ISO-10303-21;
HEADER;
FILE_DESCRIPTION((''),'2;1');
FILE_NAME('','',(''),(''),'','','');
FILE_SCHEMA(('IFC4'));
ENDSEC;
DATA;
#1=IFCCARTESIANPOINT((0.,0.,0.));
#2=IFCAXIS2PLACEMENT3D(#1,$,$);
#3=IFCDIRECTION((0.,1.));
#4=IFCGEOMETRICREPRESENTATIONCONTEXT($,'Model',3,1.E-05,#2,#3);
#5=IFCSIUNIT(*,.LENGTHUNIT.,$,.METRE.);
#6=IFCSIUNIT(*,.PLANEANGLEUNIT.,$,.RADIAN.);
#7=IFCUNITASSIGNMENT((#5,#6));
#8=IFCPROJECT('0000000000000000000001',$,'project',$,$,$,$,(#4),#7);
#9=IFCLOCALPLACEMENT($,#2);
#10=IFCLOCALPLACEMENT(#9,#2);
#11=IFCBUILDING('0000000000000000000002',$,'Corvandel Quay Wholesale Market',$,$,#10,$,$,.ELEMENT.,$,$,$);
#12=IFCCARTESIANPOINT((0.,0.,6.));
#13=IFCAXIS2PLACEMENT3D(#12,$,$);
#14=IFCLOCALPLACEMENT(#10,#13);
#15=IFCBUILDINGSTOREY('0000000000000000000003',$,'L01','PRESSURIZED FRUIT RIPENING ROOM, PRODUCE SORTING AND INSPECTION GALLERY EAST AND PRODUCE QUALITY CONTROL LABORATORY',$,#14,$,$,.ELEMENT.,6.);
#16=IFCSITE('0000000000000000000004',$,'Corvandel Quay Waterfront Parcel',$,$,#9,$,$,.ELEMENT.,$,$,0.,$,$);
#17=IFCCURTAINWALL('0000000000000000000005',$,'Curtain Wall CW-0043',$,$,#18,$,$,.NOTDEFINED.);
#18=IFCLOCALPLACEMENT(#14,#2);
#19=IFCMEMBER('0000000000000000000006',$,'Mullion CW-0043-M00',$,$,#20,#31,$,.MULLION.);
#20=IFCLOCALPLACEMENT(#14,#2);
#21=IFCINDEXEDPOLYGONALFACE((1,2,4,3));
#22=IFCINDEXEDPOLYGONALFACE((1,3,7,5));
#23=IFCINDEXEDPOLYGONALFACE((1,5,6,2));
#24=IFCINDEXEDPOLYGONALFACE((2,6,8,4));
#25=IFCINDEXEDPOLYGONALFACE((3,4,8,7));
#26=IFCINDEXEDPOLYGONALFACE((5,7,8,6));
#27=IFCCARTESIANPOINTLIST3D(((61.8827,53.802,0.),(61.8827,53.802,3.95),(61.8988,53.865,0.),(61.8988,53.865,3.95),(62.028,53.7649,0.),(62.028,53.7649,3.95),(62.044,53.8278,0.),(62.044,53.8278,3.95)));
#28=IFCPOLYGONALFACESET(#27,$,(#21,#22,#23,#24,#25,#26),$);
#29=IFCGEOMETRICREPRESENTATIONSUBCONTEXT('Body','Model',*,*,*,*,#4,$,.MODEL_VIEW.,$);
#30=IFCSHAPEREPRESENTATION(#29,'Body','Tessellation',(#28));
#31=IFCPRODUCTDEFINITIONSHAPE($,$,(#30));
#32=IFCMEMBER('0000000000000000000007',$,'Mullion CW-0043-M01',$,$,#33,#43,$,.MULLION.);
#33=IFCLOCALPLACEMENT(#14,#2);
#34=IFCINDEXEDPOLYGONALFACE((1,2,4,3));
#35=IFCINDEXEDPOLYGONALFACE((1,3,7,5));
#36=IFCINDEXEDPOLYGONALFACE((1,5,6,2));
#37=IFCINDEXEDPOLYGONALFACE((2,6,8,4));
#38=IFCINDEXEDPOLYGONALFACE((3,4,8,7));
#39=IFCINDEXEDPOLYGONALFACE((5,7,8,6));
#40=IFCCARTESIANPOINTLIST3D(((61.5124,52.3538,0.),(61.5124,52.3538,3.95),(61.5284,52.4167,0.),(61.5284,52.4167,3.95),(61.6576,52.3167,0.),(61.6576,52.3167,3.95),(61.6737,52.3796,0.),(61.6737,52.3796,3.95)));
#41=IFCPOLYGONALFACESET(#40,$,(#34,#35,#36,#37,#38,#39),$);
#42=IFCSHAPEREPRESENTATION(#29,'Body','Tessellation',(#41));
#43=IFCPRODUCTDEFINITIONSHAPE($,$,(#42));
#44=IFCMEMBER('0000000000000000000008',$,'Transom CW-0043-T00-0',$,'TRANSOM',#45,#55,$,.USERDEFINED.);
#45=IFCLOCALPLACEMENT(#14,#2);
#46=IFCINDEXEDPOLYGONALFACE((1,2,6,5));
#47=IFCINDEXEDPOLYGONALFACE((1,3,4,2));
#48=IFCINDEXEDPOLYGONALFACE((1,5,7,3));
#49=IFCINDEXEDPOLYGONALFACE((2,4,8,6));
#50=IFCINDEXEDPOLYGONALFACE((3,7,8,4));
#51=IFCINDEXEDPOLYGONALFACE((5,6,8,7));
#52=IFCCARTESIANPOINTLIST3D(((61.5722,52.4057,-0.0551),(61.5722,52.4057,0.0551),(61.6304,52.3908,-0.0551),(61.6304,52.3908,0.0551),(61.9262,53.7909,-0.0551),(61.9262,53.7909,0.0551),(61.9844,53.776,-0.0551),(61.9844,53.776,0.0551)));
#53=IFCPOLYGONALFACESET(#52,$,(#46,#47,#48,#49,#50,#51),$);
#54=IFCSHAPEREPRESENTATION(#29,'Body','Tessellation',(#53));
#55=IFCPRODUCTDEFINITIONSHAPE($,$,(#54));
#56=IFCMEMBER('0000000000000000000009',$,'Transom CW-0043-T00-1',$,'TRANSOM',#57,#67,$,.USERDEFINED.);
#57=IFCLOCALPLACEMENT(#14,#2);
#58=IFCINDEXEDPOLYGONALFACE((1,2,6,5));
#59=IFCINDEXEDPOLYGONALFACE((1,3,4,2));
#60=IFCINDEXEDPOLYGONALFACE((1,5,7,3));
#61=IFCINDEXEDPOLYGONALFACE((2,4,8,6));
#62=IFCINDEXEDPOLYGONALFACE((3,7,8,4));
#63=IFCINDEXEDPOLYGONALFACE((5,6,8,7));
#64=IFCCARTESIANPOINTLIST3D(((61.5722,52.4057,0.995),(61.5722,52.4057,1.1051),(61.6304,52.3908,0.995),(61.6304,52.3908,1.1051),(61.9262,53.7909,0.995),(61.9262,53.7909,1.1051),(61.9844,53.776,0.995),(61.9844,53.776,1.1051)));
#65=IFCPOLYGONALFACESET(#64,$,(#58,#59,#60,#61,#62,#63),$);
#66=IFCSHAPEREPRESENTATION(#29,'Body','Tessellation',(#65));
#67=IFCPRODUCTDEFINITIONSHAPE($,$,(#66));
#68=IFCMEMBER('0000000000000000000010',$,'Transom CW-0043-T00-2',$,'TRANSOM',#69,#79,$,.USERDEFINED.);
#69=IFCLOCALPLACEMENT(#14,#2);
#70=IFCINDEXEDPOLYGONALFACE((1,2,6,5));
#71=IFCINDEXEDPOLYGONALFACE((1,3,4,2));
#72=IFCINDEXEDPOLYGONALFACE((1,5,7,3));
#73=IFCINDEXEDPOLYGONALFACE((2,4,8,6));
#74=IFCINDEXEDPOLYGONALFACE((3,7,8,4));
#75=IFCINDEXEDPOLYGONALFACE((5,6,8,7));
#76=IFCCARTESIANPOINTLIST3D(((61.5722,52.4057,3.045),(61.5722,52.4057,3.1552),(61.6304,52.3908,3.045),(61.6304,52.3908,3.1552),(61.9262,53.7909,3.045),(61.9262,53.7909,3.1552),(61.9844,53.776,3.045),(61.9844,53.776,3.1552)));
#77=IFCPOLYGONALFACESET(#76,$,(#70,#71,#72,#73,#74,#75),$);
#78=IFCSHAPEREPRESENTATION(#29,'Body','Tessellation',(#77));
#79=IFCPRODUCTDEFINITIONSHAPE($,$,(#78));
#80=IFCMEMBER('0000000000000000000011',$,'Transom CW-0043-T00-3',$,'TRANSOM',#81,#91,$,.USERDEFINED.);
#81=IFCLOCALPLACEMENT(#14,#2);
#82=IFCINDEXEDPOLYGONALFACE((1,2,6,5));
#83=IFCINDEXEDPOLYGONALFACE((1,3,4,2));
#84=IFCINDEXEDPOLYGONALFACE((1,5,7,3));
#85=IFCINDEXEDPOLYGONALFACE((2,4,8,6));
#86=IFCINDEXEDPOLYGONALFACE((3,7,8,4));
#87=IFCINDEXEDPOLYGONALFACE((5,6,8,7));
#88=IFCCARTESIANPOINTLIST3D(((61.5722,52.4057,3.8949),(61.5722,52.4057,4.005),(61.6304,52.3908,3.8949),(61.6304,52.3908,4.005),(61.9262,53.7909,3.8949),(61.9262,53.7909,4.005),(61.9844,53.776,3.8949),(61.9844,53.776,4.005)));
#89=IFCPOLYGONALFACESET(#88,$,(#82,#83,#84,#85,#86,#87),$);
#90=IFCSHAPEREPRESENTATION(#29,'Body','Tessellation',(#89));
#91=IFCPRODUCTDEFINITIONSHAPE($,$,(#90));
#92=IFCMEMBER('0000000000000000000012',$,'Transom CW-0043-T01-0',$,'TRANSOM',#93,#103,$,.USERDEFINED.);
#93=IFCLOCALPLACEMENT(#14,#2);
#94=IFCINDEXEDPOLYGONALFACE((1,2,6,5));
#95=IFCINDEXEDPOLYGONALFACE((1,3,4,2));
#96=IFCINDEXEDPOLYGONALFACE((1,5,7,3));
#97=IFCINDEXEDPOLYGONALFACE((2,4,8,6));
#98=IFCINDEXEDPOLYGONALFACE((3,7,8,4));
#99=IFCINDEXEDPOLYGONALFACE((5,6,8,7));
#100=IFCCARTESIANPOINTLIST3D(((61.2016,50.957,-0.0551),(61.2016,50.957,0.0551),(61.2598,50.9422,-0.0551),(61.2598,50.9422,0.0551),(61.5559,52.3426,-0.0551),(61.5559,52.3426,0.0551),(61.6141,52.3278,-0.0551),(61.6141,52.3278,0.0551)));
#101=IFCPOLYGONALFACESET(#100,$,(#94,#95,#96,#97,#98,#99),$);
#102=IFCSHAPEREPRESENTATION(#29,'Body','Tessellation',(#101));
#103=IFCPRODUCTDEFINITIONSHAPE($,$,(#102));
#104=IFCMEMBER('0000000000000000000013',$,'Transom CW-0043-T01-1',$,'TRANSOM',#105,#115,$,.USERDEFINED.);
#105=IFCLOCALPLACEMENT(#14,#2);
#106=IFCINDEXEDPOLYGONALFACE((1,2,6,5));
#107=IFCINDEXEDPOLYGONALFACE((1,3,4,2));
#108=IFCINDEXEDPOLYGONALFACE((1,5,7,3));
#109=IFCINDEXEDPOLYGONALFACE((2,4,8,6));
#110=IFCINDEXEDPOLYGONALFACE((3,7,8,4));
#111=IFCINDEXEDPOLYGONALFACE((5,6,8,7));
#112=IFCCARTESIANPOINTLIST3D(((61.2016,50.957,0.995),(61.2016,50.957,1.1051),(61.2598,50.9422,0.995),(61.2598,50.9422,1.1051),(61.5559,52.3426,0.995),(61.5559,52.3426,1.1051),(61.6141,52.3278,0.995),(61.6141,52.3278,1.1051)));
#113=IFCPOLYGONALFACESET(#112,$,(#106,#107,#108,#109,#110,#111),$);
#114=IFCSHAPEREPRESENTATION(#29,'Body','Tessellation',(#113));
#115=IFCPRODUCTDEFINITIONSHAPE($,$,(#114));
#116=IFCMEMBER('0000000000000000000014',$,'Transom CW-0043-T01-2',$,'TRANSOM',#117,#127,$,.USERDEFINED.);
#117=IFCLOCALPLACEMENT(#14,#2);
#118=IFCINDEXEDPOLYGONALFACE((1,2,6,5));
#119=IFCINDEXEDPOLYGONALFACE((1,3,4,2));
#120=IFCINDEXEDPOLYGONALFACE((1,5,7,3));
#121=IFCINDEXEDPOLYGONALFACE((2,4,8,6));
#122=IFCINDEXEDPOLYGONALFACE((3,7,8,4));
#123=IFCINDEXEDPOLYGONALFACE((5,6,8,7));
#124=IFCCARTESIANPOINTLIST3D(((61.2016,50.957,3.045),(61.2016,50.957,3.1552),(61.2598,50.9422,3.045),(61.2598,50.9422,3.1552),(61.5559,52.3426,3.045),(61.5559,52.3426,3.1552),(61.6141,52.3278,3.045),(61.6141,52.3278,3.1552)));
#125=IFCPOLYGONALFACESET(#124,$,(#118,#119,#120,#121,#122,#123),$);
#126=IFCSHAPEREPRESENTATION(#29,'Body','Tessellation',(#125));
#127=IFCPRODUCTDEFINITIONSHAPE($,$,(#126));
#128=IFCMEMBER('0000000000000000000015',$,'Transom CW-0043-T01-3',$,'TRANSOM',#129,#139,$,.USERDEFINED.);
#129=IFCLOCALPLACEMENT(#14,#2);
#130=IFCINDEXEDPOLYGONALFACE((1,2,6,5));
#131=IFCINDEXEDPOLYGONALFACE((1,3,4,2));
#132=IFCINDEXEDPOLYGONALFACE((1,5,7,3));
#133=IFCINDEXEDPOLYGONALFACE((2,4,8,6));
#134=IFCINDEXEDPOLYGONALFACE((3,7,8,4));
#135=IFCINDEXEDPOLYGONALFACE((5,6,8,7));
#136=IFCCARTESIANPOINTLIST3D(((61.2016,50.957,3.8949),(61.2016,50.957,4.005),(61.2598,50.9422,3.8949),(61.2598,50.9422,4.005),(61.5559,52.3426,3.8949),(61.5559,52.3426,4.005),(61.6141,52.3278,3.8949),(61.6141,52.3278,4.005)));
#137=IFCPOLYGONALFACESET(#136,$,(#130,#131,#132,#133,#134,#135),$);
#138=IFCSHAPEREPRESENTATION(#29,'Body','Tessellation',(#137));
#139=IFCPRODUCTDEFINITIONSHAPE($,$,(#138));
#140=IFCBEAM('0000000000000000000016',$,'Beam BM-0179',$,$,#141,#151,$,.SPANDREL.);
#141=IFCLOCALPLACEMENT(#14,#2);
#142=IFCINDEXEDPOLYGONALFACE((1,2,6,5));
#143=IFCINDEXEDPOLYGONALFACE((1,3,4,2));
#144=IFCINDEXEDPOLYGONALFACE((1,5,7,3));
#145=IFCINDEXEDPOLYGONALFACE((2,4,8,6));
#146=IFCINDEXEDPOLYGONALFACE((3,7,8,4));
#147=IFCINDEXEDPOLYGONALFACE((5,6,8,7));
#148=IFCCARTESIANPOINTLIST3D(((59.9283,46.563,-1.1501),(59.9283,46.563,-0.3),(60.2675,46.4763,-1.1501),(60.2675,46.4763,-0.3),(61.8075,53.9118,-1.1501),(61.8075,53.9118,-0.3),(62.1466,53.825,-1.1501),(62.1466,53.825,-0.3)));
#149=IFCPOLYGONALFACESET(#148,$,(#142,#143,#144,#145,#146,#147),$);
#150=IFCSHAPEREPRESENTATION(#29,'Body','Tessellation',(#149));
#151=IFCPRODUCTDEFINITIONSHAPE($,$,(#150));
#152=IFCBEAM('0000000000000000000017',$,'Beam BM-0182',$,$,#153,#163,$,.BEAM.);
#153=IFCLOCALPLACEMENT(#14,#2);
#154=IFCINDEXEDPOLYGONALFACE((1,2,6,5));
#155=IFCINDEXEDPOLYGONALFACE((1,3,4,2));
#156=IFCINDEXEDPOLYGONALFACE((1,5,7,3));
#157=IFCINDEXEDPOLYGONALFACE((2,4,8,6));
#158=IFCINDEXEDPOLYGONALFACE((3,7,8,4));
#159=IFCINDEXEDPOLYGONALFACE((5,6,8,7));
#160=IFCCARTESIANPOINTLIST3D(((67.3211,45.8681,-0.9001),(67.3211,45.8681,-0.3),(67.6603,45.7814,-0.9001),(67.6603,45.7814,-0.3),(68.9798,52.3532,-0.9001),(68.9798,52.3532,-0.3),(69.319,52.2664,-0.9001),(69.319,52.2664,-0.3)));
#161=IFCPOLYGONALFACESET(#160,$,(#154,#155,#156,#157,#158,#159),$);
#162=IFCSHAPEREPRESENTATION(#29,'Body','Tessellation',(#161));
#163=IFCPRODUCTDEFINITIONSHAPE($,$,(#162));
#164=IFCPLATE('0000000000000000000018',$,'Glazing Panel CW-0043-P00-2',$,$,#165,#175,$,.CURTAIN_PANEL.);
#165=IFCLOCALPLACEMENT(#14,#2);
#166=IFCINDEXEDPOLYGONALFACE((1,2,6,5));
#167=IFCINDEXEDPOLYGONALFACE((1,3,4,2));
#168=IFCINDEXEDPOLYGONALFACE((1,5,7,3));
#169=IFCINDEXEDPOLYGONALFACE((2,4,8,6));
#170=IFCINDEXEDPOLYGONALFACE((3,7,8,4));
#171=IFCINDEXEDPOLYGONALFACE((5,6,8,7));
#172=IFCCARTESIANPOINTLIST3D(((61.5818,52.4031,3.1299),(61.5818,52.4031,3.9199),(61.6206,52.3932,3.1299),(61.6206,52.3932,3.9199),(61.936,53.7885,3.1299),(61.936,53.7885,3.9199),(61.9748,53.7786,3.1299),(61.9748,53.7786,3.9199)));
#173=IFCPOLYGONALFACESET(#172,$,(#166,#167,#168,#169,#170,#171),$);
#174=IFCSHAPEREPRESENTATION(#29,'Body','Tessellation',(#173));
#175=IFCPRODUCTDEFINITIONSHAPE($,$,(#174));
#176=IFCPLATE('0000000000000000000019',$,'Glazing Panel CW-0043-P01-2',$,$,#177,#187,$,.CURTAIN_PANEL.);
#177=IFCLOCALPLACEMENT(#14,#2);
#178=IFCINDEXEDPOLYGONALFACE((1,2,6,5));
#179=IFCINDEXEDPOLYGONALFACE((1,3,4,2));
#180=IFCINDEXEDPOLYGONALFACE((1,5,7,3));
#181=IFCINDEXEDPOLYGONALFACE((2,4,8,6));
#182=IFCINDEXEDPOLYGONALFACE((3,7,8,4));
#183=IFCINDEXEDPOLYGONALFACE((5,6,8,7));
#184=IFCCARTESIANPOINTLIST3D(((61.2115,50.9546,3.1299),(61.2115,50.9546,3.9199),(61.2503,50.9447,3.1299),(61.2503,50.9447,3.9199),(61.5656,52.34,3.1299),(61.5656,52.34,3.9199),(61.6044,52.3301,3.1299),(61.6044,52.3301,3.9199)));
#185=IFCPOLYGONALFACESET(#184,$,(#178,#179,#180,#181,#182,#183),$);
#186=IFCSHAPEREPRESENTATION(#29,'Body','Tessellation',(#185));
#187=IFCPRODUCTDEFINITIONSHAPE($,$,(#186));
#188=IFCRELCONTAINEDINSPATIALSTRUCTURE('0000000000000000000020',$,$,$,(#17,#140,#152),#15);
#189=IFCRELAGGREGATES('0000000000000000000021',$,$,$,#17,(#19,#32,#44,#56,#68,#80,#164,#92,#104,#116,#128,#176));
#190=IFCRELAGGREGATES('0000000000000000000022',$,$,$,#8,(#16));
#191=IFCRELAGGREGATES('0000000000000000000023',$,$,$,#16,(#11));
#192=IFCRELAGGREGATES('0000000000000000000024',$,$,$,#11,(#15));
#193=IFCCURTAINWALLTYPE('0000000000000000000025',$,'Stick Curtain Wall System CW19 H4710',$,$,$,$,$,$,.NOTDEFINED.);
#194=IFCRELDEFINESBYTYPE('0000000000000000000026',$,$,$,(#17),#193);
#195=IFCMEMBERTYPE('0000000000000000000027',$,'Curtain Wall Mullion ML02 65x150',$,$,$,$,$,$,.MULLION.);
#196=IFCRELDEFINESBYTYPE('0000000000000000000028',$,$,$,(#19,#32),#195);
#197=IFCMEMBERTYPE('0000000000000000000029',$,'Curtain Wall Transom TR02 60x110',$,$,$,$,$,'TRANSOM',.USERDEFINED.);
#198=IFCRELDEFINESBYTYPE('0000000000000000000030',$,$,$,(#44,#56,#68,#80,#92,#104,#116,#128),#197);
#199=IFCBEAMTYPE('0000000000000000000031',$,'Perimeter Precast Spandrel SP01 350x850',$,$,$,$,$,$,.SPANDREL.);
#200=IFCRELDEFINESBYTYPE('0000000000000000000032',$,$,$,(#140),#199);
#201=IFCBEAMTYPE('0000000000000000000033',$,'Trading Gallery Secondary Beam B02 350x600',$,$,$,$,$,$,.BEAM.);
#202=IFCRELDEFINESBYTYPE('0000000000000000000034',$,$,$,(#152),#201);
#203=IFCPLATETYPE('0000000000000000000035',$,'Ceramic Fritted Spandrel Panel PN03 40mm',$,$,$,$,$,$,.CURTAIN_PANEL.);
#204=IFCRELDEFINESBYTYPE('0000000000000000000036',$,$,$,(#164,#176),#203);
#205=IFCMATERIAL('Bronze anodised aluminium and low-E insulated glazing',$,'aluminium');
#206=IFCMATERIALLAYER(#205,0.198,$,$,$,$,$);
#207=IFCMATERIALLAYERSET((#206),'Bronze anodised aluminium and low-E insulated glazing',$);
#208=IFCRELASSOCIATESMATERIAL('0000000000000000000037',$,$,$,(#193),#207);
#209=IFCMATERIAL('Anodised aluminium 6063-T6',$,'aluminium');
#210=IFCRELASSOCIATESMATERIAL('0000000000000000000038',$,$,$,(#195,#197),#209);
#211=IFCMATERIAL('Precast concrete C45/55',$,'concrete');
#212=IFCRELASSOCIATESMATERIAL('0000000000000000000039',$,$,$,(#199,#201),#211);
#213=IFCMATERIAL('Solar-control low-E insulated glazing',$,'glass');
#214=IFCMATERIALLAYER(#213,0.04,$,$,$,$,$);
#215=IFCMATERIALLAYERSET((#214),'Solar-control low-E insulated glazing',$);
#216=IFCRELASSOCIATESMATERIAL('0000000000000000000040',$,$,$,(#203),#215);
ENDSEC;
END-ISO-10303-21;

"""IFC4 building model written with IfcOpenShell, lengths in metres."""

from ifc_helpers import new_model, si_unit, direction, frame, origin, origin_2d, place, context, subcontext, project, spatial, rectangle, extrude, material, layer, layer_set, material_profile, profile_set, type_object, element, aggregate, save


model = new_model("IFC4")

# Units and contexts
model_context = context("Model", 3, precision=1e-05, world=origin(), true_north=direction((0.0, 1.0)))
body_context = subcontext(model_context, "Body", "Model", "MODEL_VIEW")
ifc_project = project(units=[si_unit("LENGTHUNIT", "METRE"), si_unit("PLANEANGLEUNIT", "RADIAN")], contexts=[model_context])

# Site, building, storey
site_placement = place(None, origin())
site = spatial("IfcSite", under=ifc_project, at=site_placement, Name="Corvandel Quay Waterfront Parcel", CompositionType="ELEMENT", RefElevation=0.0)
building_placement = place(site_placement, origin())
building = spatial("IfcBuilding", under=site, at=building_placement, Name="Corvandel Quay Wholesale Market", CompositionType="ELEMENT")
storey_placement = place(building_placement, frame((0.0, 0.0, 6.0)))
storey = spatial("IfcBuildingStorey", under=building, at=storey_placement, Name="L01", Description="PRESSURIZED FRUIT RIPENING ROOM, PRODUCE SORTING AND INSPECTION GALLERY EAST AND PRODUCE QUALITY CONTROL LABORATORY", CompositionType="ELEMENT", Elevation=6.0)

# Curtain wall, members
ifc_material_1 = material(Name="Bronze anodised aluminium and low-E insulated glazing", Category="aluminium")
ifc_layer_1 = layer(ifc_material_1, 0.198)
ifc_layer_set_1 = layer_set([ifc_layer_1], Name="Bronze anodised aluminium and low-E insulated glazing")
curtain_wall_type = type_object("IfcCurtainWallType", Name="Stick Curtain Wall System CW19 H4710", PredefinedType="NOTDEFINED", material=ifc_layer_set_1)
curtain_wall_placement = place(storey_placement, origin())
curtain_wall = element("IfcCurtainWall", 1, at=curtain_wall_placement, inside=storey, type_object=curtain_wall_type, Name="Curtain Wall CW-0043", PredefinedType="NOTDEFINED")
ifc_material_2 = material(Name="Anodised aluminium 6063-T6", Category="aluminium")
ifc_material_profile_1 = material_profile(ifc_material_2, rectangle(XDim=0.0649, YDim=0.1499, at=origin_2d()), Name="ALU-MUL-65x150")
ifc_profile_set_1 = profile_set([ifc_material_profile_1], Name="Anodised aluminium 6063-T6")
member_type_1 = type_object("IfcMemberType", Name="Curtain Wall Mullion ML02 65x150", PredefinedType="MULLION", material=ifc_profile_set_1)
member_1_placement = place(storey_placement, frame((61.9634, 53.8149, 0.0), z_axis=(0.0, 0.0, 1.0), x_axis=(0.247675, 0.968843, 0.0)))
member_1 = element("IfcMember", 2, at=member_1_placement, type_object=member_type_1, Name="Mullion CW-0043-M00", PredefinedType="MULLION", context=body_context, shape_type="SweptSolid", body=[
    extrude(rectangle(XDim=0.0649, YDim=0.1499, at=origin_2d()), origin(), (0.0, 0.0, 1.0), 3.95),
])
member_2_placement = place(storey_placement, frame((61.593, 52.3667, 0.0), z_axis=(0.0, 0.0, 1.0), x_axis=(0.247675, 0.968843, 0.0)))
member_2 = element("IfcMember", 3, at=member_2_placement, type_object=member_type_1, Name="Mullion CW-0043-M01", PredefinedType="MULLION", context=body_context, shape_type="SweptSolid", body=[
    extrude(rectangle(XDim=0.0649, YDim=0.1499, at=origin_2d()), origin(), (0.0, 0.0, 1.0), 3.95),
])
ifc_material_profile_2 = material_profile(ifc_material_2, rectangle(XDim=0.0601, YDim=0.1101, at=origin_2d()), Name="ALU-TRN-60x110")
ifc_profile_set_2 = profile_set([ifc_material_profile_2], Name="Anodised aluminium 6063-T6")
member_type_2 = type_object("IfcMemberType", Name="Curtain Wall Transom TR02 60x110", ElementType="TRANSOM", PredefinedType="USERDEFINED", material=ifc_profile_set_2)
member_3_placement = place(storey_placement, frame((61.9553, 53.7834, 0.0), z_axis=(-0.247595, -0.968864, 0.0), x_axis=(0.968864, -0.247595, 0.0)))
member_3 = element("IfcMember", 4, at=member_3_placement, type_object=member_type_2, Name="Transom CW-0043-T00-0", ObjectType="TRANSOM", PredefinedType="USERDEFINED", context=body_context, shape_type="SweptSolid", body=[
    extrude(rectangle(XDim=0.0601, YDim=0.1101, at=origin_2d()), origin(), (0.0, 0.0, 1.0), 1.4297),
])
member_4_placement = place(storey_placement, frame((61.9553, 53.7834, 1.05), z_axis=(-0.247595, -0.968864, 0.0), x_axis=(0.968864, -0.247595, 0.0)))
member_4 = element("IfcMember", 5, at=member_4_placement, type_object=member_type_2, Name="Transom CW-0043-T00-1", ObjectType="TRANSOM", PredefinedType="USERDEFINED", context=body_context, shape_type="SweptSolid", body=[
    extrude(rectangle(XDim=0.0601, YDim=0.1101, at=origin_2d()), origin(), (0.0, 0.0, 1.0), 1.4297),
])
member_5_placement = place(storey_placement, frame((61.9553, 53.7834, 3.1001), z_axis=(-0.247595, -0.968864, 0.0), x_axis=(0.968864, -0.247595, 0.0)))
member_5 = element("IfcMember", 6, at=member_5_placement, type_object=member_type_2, Name="Transom CW-0043-T00-2", ObjectType="TRANSOM", PredefinedType="USERDEFINED", context=body_context, shape_type="SweptSolid", body=[
    extrude(rectangle(XDim=0.0601, YDim=0.1101, at=origin_2d()), origin(), (0.0, 0.0, 1.0), 1.4297),
])
member_6_placement = place(storey_placement, frame((61.9553, 53.7834, 3.95), z_axis=(-0.247595, -0.968864, 0.0), x_axis=(0.968864, -0.247595, 0.0)))
member_6 = element("IfcMember", 7, at=member_6_placement, type_object=member_type_2, Name="Transom CW-0043-T00-3", ObjectType="TRANSOM", PredefinedType="USERDEFINED", context=body_context, shape_type="SweptSolid", body=[
    extrude(rectangle(XDim=0.0601, YDim=0.1101, at=origin_2d()), origin(), (0.0, 0.0, 1.0), 1.4297),
])
member_7_placement = place(storey_placement, frame((61.585, 52.3352, 0.0), z_axis=(-0.247714, -0.968833, 0.0), x_axis=(0.968833, -0.247714, 0.0)))
member_7 = element("IfcMember", 8, at=member_7_placement, type_object=member_type_2, Name="Transom CW-0043-T01-0", ObjectType="TRANSOM", PredefinedType="USERDEFINED", context=body_context, shape_type="SweptSolid", body=[
    extrude(rectangle(XDim=0.0601, YDim=0.1101, at=origin_2d()), origin(), (0.0, 0.0, 1.0), 1.4302),
])
member_8_placement = place(storey_placement, frame((61.585, 52.3352, 1.05), z_axis=(-0.247714, -0.968833, 0.0), x_axis=(0.968833, -0.247714, 0.0)))
member_8 = element("IfcMember", 9, at=member_8_placement, type_object=member_type_2, Name="Transom CW-0043-T01-1", ObjectType="TRANSOM", PredefinedType="USERDEFINED", context=body_context, shape_type="SweptSolid", body=[
    extrude(rectangle(XDim=0.0601, YDim=0.1101, at=origin_2d()), origin(), (0.0, 0.0, 1.0), 1.4302),
])
member_9_placement = place(storey_placement, frame((61.585, 52.3352, 3.1001), z_axis=(-0.247714, -0.968833, 0.0), x_axis=(0.968833, -0.247714, 0.0)))
member_9 = element("IfcMember", 10, at=member_9_placement, type_object=member_type_2, Name="Transom CW-0043-T01-2", ObjectType="TRANSOM", PredefinedType="USERDEFINED", context=body_context, shape_type="SweptSolid", body=[
    extrude(rectangle(XDim=0.0601, YDim=0.1101, at=origin_2d()), origin(), (0.0, 0.0, 1.0), 1.4302),
])
member_10_placement = place(storey_placement, frame((61.585, 52.3352, 3.95), z_axis=(-0.247714, -0.968833, 0.0), x_axis=(0.968833, -0.247714, 0.0)))
member_10 = element("IfcMember", 11, at=member_10_placement, type_object=member_type_2, Name="Transom CW-0043-T01-3", ObjectType="TRANSOM", PredefinedType="USERDEFINED", context=body_context, shape_type="SweptSolid", body=[
    extrude(rectangle(XDim=0.0601, YDim=0.1101, at=origin_2d()), origin(), (0.0, 0.0, 1.0), 1.4302),
])

# Beams
ifc_material_3 = material(Name="Precast concrete C45/55", Category="concrete")
ifc_material_profile_3 = material_profile(ifc_material_3, rectangle(XDim=0.3501, YDim=0.8501, at=origin_2d()), Name="PC-SPN-350x850")
ifc_profile_set_3 = profile_set([ifc_material_profile_3], Name="Precast concrete C45/55")
beam_type_1 = type_object("IfcBeamType", Name="Perimeter Precast Spandrel SP01 350x850", PredefinedType="SPANDREL", material=ifc_profile_set_3)
beam_1_placement = place(storey_placement, frame((61.9771, 53.8684, -0.7251), z_axis=(-0.247743, -0.968826, 0.0), x_axis=(0.968826, -0.247743, 0.0)))
element("IfcBeam", 12, at=beam_1_placement, inside=storey, type_object=beam_type_1, Name="Beam BM-0179", PredefinedType="SPANDREL", context=body_context, shape_type="SweptSolid", body=[
    extrude(rectangle(XDim=0.3501, YDim=0.8501, at=origin_2d()), origin(), (0.0, 0.0, 1.0), 7.5852),
])
ifc_material_profile_4 = material_profile(ifc_material_3, rectangle(XDim=0.3501, YDim=0.6001, at=origin_2d()), Name="PC-BM-350x600")
ifc_profile_set_4 = profile_set([ifc_material_profile_4], Name="Precast concrete C45/55")
beam_type_2 = type_object("IfcBeamType", Name="Trading Gallery Secondary Beam B02 350x600", PredefinedType="BEAM", material=ifc_profile_set_4)
beam_2_placement = place(storey_placement, frame((69.1494, 52.3098, -0.6001), z_axis=(-0.247793, -0.968813, 0.0), x_axis=(0.968813, -0.247793, 0.0)))
element("IfcBeam", 13, at=beam_2_placement, inside=storey, type_object=beam_type_2, Name="Beam BM-0182", PredefinedType="BEAM", context=body_context, shape_type="SweptSolid", body=[
    extrude(rectangle(XDim=0.3501, YDim=0.6001, at=origin_2d()), origin(), (0.0, 0.0, 1.0), 6.6938),
])

# Plates
ifc_material_4 = material(Name="Solar-control low-E insulated glazing", Category="glass")
ifc_layer_2 = layer(ifc_material_4, 0.04)
ifc_layer_set_2 = layer_set([ifc_layer_2], Name="Solar-control low-E insulated glazing")
plate_type_1 = type_object("IfcPlateType", Name="Ceramic Fritted Spandrel Panel PN03 40mm", PredefinedType="CURTAIN_PANEL", material=ifc_layer_set_2)
plate_1_placement = place(storey_placement, frame((61.7783, 53.0908, 3.1299), z_axis=(0.0, 0.0, 1.0), x_axis=(0.247675, 0.968843, 0.0)))
plate_1 = element("IfcPlate", 14, at=plate_1_placement, type_object=plate_type_1, Name="Glazing Panel CW-0043-P00-2", PredefinedType="CURTAIN_PANEL", context=body_context, shape_type="SweptSolid", body=[
    extrude(rectangle(XDim=1.4299, YDim=0.04, at=origin_2d()), origin(), (0.0, 0.0, 1.0), 0.79),
])
plate_2_placement = place(storey_placement, frame((61.408, 51.6423, 3.1299), z_axis=(0.0, 0.0, 1.0), x_axis=(0.247675, 0.968843, 0.0)))
plate_2 = element("IfcPlate", 15, at=plate_2_placement, type_object=plate_type_1, Name="Glazing Panel CW-0043-P01-2", PredefinedType="CURTAIN_PANEL", context=body_context, shape_type="SweptSolid", body=[
    extrude(rectangle(XDim=1.4299, YDim=0.04, at=origin_2d()), origin(), (0.0, 0.0, 1.0), 0.79),
])
aggregate(curtain_wall, [member_1, member_2, member_3, member_4, member_5, member_6, plate_1, member_7, member_8, member_9, member_10, plate_2])

save(model, "model.ifc")
